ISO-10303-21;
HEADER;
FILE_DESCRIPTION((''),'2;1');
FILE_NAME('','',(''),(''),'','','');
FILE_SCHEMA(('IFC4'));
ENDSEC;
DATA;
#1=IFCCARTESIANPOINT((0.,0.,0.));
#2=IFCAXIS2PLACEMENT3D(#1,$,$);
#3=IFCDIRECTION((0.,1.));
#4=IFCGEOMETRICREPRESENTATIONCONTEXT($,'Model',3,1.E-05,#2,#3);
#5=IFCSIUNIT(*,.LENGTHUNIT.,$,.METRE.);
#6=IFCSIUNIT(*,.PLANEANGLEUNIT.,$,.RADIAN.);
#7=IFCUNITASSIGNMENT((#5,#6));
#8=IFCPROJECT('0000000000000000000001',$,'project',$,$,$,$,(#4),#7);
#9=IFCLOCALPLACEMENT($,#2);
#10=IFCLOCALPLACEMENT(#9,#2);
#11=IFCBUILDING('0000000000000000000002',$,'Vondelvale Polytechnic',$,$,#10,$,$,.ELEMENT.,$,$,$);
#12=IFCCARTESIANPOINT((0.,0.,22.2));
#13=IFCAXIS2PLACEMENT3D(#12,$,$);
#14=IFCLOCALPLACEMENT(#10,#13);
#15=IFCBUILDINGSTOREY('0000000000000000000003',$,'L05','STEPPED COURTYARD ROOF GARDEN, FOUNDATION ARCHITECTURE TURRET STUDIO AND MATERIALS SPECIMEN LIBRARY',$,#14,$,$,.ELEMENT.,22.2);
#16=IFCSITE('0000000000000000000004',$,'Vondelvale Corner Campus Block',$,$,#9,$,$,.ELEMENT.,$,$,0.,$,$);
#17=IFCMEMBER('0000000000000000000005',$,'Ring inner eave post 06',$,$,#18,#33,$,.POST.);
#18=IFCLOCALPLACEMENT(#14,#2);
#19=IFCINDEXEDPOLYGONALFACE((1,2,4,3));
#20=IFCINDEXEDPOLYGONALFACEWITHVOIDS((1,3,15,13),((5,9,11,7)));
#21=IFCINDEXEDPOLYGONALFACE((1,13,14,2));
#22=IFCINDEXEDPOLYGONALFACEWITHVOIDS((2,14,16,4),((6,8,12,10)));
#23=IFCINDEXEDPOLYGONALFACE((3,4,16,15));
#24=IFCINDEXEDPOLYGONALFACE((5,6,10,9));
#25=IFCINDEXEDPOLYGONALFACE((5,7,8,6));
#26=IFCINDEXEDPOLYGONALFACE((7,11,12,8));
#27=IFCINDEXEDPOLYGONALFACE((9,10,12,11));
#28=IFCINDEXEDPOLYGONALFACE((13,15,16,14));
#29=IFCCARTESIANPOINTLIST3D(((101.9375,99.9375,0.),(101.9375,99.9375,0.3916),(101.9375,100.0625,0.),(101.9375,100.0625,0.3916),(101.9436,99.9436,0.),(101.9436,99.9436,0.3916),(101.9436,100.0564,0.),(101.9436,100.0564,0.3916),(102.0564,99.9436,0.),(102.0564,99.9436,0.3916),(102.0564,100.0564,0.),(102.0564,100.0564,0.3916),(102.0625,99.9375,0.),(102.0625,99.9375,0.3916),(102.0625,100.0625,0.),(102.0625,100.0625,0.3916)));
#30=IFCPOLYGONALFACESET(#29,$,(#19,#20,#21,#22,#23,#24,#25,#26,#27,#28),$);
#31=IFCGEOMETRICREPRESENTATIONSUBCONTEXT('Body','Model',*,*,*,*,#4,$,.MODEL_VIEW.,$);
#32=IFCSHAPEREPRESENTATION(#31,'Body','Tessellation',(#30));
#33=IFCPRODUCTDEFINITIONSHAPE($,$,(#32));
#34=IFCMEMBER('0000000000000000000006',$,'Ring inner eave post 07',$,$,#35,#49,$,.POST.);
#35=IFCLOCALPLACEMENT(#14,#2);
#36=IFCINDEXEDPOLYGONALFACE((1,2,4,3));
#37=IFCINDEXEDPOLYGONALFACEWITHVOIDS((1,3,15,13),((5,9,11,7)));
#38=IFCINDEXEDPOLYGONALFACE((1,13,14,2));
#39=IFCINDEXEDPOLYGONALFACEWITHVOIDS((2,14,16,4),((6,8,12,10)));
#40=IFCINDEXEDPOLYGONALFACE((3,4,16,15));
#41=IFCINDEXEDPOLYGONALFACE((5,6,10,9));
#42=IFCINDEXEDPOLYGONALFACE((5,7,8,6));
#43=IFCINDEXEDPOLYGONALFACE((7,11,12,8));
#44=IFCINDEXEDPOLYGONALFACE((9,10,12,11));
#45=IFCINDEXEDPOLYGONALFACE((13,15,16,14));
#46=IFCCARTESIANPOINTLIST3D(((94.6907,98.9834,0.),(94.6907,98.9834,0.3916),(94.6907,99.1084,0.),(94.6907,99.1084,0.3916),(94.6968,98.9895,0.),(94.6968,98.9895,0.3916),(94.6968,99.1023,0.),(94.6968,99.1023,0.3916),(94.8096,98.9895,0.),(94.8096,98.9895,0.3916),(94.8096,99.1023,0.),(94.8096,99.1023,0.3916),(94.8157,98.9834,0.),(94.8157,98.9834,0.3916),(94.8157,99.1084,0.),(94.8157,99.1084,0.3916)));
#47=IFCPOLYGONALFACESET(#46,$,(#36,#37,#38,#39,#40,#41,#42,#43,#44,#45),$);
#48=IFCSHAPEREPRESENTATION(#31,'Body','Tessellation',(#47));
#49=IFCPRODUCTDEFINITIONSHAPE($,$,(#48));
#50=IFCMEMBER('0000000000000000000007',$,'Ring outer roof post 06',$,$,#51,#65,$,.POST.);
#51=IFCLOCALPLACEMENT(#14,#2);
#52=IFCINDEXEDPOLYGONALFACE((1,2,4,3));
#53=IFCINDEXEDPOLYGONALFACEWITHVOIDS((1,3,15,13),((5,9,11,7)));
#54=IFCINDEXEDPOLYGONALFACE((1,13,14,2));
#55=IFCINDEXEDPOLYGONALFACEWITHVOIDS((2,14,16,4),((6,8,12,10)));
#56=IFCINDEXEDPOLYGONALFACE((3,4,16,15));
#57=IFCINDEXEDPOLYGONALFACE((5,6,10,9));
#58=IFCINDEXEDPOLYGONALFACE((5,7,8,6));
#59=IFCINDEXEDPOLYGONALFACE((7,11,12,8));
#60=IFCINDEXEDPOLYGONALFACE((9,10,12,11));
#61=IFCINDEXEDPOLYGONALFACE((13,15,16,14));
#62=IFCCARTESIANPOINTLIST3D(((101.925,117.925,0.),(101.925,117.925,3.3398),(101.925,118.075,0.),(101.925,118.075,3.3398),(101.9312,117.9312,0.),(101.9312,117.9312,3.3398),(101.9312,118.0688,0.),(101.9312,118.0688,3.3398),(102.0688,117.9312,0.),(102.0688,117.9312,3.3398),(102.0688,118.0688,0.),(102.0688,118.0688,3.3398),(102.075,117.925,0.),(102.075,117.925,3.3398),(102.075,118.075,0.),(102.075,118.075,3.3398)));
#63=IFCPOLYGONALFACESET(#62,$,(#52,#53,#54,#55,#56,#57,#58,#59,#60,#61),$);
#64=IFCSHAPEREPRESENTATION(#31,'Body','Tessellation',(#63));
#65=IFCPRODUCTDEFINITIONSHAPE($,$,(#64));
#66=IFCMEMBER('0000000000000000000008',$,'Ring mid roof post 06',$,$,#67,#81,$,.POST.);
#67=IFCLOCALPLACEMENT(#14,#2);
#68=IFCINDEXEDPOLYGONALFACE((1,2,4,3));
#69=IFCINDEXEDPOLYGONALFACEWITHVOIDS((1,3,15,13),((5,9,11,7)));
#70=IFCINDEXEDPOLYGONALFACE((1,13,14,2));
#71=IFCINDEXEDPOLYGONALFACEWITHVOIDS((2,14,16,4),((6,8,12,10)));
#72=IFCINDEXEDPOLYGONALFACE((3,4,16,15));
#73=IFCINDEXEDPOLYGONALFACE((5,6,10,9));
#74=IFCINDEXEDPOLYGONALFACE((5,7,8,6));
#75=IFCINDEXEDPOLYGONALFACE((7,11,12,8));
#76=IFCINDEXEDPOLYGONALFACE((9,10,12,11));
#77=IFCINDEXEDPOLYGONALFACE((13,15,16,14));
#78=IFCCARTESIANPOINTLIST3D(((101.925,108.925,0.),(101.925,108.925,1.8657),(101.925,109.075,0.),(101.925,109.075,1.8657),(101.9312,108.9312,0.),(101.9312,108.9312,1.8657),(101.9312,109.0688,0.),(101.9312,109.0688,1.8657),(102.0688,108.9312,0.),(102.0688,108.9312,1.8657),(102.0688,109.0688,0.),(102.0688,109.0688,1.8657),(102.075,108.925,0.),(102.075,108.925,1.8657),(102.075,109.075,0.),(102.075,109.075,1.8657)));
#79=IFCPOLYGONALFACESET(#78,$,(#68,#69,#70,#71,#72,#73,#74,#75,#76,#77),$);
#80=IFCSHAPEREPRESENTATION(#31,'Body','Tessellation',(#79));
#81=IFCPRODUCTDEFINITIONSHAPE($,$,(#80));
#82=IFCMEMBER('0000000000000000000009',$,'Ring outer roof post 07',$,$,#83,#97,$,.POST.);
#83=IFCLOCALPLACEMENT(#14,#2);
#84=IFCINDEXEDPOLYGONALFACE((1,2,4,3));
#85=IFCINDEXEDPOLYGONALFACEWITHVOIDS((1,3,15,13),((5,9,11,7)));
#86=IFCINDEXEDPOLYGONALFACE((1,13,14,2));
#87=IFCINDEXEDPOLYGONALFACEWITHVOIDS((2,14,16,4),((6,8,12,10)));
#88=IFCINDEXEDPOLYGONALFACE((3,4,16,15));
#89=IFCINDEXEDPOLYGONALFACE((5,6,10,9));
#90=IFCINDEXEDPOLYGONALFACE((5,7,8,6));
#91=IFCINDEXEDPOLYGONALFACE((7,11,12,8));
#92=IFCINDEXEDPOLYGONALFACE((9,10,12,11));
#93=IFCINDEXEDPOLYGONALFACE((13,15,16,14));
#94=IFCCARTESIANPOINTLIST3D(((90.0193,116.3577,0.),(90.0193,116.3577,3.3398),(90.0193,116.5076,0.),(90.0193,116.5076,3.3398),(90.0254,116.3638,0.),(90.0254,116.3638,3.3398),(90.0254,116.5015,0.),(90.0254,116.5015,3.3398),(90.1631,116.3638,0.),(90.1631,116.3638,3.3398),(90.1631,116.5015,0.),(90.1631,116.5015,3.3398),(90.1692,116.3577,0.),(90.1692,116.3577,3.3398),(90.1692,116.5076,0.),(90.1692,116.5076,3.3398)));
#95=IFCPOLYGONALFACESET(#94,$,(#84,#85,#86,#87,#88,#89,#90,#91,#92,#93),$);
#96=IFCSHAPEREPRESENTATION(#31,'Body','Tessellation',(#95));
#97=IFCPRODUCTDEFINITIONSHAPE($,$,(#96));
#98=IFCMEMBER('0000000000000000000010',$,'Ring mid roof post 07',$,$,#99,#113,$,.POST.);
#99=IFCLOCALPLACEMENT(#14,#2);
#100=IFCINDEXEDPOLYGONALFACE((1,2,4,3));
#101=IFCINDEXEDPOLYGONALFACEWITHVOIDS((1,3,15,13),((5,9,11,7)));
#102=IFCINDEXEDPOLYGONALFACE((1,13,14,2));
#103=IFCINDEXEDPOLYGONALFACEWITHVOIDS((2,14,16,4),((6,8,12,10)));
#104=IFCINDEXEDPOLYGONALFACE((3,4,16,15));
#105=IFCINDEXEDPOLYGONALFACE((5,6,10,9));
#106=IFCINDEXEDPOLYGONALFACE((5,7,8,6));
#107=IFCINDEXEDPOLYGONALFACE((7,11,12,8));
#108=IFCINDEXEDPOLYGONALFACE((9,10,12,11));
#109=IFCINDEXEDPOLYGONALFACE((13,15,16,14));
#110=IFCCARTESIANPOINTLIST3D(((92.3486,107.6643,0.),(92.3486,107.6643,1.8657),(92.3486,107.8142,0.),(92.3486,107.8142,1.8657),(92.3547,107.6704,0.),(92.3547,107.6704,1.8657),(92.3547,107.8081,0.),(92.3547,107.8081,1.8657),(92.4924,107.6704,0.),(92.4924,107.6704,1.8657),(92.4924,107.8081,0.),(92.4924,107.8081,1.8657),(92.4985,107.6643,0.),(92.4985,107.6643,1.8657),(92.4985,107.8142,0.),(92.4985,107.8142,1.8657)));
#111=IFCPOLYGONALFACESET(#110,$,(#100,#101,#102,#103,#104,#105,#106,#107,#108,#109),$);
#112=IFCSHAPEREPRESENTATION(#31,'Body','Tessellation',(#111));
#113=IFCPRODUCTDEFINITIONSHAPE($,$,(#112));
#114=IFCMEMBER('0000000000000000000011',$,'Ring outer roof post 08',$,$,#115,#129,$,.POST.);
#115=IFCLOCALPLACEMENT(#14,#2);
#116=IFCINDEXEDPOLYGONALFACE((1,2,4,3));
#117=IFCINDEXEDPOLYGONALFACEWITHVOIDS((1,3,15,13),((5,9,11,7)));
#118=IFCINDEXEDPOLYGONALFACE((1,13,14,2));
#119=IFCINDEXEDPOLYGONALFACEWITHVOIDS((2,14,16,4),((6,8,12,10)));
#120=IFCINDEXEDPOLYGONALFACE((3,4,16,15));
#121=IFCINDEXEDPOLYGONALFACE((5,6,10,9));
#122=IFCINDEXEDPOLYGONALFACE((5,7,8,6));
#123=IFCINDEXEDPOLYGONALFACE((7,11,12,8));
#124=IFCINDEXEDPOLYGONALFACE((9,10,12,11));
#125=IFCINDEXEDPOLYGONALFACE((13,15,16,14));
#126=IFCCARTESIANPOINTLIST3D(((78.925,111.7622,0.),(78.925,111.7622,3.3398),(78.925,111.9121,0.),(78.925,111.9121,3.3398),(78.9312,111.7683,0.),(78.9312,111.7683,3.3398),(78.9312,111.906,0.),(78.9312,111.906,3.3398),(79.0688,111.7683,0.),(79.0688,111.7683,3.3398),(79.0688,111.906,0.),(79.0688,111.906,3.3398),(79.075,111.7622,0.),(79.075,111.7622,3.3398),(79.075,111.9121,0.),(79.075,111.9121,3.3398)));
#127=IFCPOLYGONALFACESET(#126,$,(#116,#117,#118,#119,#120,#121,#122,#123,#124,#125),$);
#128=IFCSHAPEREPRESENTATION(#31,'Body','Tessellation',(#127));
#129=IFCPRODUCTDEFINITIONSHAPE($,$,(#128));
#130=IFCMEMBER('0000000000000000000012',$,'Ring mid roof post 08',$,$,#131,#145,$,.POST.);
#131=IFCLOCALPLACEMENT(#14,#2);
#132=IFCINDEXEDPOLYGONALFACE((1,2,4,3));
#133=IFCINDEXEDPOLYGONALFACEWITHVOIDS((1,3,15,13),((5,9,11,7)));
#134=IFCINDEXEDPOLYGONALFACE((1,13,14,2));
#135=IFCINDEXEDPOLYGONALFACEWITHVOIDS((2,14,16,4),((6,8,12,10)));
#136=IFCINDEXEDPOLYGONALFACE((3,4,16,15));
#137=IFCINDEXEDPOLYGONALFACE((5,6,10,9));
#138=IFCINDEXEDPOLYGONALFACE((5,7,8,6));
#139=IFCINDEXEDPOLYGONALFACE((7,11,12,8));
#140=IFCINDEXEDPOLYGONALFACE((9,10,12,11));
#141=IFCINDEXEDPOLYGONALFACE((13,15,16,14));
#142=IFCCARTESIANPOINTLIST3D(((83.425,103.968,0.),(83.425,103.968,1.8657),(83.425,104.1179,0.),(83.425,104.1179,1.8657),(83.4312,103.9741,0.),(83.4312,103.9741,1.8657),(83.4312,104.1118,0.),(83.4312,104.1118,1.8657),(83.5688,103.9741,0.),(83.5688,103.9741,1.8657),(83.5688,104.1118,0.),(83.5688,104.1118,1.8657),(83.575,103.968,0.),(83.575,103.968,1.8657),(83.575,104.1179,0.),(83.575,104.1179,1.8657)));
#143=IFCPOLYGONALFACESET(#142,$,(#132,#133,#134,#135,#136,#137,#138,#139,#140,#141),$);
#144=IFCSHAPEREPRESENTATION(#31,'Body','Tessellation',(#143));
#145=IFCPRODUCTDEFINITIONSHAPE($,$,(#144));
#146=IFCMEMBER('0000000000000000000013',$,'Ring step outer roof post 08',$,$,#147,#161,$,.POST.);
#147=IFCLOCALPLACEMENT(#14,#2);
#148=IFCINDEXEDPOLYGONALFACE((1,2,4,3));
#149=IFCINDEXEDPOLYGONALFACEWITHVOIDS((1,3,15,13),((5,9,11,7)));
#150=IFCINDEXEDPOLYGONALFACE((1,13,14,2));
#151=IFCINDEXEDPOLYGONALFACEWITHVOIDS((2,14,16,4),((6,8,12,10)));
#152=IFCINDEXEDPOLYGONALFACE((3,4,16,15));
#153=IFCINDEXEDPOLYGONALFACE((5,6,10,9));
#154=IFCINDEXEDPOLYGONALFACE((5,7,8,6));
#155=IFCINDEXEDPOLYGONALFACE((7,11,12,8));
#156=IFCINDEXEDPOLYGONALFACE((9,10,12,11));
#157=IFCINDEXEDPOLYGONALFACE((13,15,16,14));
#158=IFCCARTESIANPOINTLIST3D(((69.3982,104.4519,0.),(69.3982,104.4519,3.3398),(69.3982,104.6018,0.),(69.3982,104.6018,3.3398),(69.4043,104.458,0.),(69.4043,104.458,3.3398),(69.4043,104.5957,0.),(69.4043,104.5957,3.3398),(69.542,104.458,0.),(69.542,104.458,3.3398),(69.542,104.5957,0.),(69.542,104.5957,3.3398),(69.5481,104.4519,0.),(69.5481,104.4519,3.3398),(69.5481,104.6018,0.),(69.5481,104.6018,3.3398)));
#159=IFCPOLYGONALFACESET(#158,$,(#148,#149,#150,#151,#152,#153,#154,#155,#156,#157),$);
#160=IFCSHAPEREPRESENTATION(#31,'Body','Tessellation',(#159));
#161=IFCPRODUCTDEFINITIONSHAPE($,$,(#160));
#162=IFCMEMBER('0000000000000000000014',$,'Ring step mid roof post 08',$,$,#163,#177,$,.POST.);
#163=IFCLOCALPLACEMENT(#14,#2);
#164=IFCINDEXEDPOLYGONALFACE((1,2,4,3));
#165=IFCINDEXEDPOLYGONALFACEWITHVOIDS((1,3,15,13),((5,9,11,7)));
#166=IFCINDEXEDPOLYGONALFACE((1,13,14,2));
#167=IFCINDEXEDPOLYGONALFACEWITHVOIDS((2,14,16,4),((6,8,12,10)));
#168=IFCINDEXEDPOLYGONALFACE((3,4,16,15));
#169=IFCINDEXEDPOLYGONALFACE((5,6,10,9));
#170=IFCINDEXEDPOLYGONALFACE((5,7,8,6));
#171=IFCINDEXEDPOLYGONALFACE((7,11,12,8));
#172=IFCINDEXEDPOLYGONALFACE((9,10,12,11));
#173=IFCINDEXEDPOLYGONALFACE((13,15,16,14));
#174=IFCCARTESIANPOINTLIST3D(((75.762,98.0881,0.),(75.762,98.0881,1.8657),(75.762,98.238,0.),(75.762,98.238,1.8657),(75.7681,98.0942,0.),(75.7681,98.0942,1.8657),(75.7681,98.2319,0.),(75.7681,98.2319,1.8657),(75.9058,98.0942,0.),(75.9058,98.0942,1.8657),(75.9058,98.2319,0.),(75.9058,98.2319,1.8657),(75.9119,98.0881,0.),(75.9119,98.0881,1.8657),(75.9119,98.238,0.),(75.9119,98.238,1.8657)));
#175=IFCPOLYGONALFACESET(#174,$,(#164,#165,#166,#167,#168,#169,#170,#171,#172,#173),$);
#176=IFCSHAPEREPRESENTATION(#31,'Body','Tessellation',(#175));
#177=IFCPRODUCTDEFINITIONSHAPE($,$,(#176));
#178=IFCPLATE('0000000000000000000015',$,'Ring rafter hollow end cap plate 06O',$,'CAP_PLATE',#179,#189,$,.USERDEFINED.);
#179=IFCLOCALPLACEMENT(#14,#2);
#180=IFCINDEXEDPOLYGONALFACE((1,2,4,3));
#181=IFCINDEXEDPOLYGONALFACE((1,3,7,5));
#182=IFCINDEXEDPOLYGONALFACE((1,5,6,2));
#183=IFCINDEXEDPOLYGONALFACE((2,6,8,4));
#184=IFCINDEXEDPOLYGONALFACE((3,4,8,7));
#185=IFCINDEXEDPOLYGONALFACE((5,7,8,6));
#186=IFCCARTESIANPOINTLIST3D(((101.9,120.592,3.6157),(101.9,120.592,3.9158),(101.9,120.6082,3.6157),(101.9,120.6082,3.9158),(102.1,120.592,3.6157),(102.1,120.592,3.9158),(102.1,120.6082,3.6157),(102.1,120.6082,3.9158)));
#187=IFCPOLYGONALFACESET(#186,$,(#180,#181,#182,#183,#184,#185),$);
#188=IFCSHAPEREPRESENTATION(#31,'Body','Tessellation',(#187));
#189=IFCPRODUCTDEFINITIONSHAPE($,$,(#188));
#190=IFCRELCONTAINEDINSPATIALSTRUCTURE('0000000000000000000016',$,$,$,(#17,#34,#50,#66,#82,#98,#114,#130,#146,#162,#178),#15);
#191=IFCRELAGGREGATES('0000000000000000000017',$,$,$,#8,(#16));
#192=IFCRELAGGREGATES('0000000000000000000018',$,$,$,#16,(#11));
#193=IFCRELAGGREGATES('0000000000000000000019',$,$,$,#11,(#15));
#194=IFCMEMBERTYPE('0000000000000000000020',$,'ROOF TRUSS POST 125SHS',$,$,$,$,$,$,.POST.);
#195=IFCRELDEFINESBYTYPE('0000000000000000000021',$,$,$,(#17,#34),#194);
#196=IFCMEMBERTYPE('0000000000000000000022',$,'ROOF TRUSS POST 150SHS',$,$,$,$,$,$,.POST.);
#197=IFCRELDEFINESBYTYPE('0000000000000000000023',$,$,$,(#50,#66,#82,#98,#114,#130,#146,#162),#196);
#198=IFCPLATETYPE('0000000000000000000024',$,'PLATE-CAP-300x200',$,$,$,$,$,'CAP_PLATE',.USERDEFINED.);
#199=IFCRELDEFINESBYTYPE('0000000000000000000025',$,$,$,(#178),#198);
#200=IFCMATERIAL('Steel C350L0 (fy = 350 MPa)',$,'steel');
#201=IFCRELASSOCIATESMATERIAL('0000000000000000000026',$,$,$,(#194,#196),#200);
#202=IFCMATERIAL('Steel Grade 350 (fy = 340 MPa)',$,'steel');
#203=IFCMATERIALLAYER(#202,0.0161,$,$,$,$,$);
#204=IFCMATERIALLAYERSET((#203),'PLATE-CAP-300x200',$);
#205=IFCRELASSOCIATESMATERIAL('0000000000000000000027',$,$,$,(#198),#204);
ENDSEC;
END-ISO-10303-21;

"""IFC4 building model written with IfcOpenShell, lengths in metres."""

from ifc_helpers import new_model, si_unit, direction, frame, origin, origin_2d, place, context, subcontext, project, spatial, rectangle, hollow_rectangle, extrude, material, layer, layer_set, material_profile, profile_set, type_object, element, save


model = new_model("IFC4")

# Units and contexts
model_context = context("Model", 3, precision=1e-05, world=origin(), true_north=direction((0.0, 1.0)))
body_context = subcontext(model_context, "Body", "Model", "MODEL_VIEW")
ifc_project = project(units=[si_unit("LENGTHUNIT", "METRE"), si_unit("PLANEANGLEUNIT", "RADIAN")], contexts=[model_context])

# Site, building, storey
site_placement = place(None, origin())
site = spatial("IfcSite", under=ifc_project, at=site_placement, Name="Vondelvale Corner Campus Block", CompositionType="ELEMENT", RefElevation=0.0)
building_placement = place(site_placement, origin())
building = spatial("IfcBuilding", under=site, at=building_placement, Name="Vondelvale Polytechnic", CompositionType="ELEMENT")
storey_placement = place(building_placement, frame((0.0, 0.0, 22.2)))
storey = spatial("IfcBuildingStorey", under=building, at=storey_placement, Name="L05", Description="STEPPED COURTYARD ROOF GARDEN, FOUNDATION ARCHITECTURE TURRET STUDIO AND MATERIALS SPECIMEN LIBRARY", CompositionType="ELEMENT", Elevation=22.2)

# Members
ifc_material_1 = material(Name="Steel C350L0 (fy = 350 MPa)", Category="steel")
ifc_material_profile_1 = material_profile(ifc_material_1, hollow_rectangle(XDim=0.125, YDim=0.125, WallThickness=0.0061, at=origin_2d()), Name="125x125x6.0SHS")
ifc_profile_set_1 = profile_set([ifc_material_profile_1], Name="Steel C350L0 (fy = 350 MPa)")
member_type_1 = type_object("IfcMemberType", Name="ROOF TRUSS POST 125SHS", PredefinedType="POST", material=ifc_profile_set_1)
for number, where, z_axis, x_axis, name in (
    (1, (102.0, 100.0, 0.0), (0.0, 0.0, 1.0), (1.0, 0.0, 0.0), "Ring inner eave post 06"),
    (2, (94.7532, 99.0459, 0.0), (0.0, 0.0, 1.0), (1.0, 0.0, 0.0), "Ring inner eave post 07"),
):
    element("IfcMember", number, at=place(storey_placement, frame(where, z_axis=z_axis, x_axis=x_axis)), inside=storey, type_object=member_type_1, Name=name, PredefinedType="POST", context=body_context, shape_type="SweptSolid", body=[
        extrude(hollow_rectangle(XDim=0.125, YDim=0.125, WallThickness=0.0061, at=origin_2d()), origin(), (0.0, 0.0, 1.0), 0.3916),
    ])
ifc_material_profile_2 = material_profile(ifc_material_1, hollow_rectangle(XDim=0.1499, YDim=0.1499, WallThickness=0.0061, at=origin_2d()), Name="150x150x6.0SHS")
ifc_profile_set_2 = profile_set([ifc_material_profile_2], Name="Steel C350L0 (fy = 350 MPa)")
member_type_2 = type_object("IfcMemberType", Name="ROOF TRUSS POST 150SHS", PredefinedType="POST", material=ifc_profile_set_2)
member_1_placement = place(storey_placement, frame((102.0, 118.0, 0.0), z_axis=(0.0, 0.0, 1.0), x_axis=(1.0, 0.0, 0.0)))
element("IfcMember", 3, at=member_1_placement, inside=storey, type_object=member_type_2, Name="Ring outer roof post 06", PredefinedType="POST", context=body_context, shape_type="SweptSolid", body=[
    extrude(hollow_rectangle(XDim=0.1499, YDim=0.1499, WallThickness=0.0061, at=origin_2d()), origin(), (0.0, 0.0, 1.0), 3.3398),
])
member_2_placement = place(storey_placement, frame((102.0, 109.0, 0.0), z_axis=(0.0, 0.0, 1.0), x_axis=(1.0, 0.0, 0.0)))
element("IfcMember", 4, at=member_2_placement, inside=storey, type_object=member_type_2, Name="Ring mid roof post 06", PredefinedType="POST", context=body_context, shape_type="SweptSolid", body=[
    extrude(hollow_rectangle(XDim=0.1499, YDim=0.1499, WallThickness=0.0061, at=origin_2d()), origin(), (0.0, 0.0, 1.0), 1.8657),
])
member_3_placement = place(storey_placement, frame((90.0942, 116.4326, 0.0), z_axis=(0.0, 0.0, 1.0), x_axis=(1.0, 0.0, 0.0)))
element("IfcMember", 5, at=member_3_placement, inside=storey, type_object=member_type_2, Name="Ring outer roof post 07", PredefinedType="POST", context=body_context, shape_type="SweptSolid", body=[
    extrude(hollow_rectangle(XDim=0.1499, YDim=0.1499, WallThickness=0.0061, at=origin_2d()), origin(), (0.0, 0.0, 1.0), 3.3398),
])
member_4_placement = place(storey_placement, frame((92.4236, 107.7393, 0.0), z_axis=(0.0, 0.0, 1.0), x_axis=(1.0, 0.0, 0.0)))
element("IfcMember", 6, at=member_4_placement, inside=storey, type_object=member_type_2, Name="Ring mid roof post 07", PredefinedType="POST", context=body_context, shape_type="SweptSolid", body=[
    extrude(hollow_rectangle(XDim=0.1499, YDim=0.1499, WallThickness=0.0061, at=origin_2d()), origin(), (0.0, 0.0, 1.0), 1.8657),
])
member_5_placement = place(storey_placement, frame((79.0, 111.8372, 0.0), z_axis=(0.0, 0.0, 1.0), x_axis=(1.0, 0.0, 0.0)))
element("IfcMember", 7, at=member_5_placement, inside=storey, type_object=member_type_2, Name="Ring outer roof post 08", PredefinedType="POST", context=body_context, shape_type="SweptSolid", body=[
    extrude(hollow_rectangle(XDim=0.1499, YDim=0.1499, WallThickness=0.0061, at=origin_2d()), origin(), (0.0, 0.0, 1.0), 3.3398),
])
member_6_placement = place(storey_placement, frame((83.5, 104.043, 0.0), z_axis=(0.0, 0.0, 1.0), x_axis=(1.0, 0.0, 0.0)))
element("IfcMember", 8, at=member_6_placement, inside=storey, type_object=member_type_2, Name="Ring mid roof post 08", PredefinedType="POST", context=body_context, shape_type="SweptSolid", body=[
    extrude(hollow_rectangle(XDim=0.1499, YDim=0.1499, WallThickness=0.0061, at=origin_2d()), origin(), (0.0, 0.0, 1.0), 1.8657),
])
member_7_placement = place(storey_placement, frame((69.4731, 104.5269, 0.0), z_axis=(0.0, 0.0, 1.0), x_axis=(1.0, 0.0, 0.0)))
element("IfcMember", 9, at=member_7_placement, inside=storey, type_object=member_type_2, Name="Ring step outer roof post 08", PredefinedType="POST", context=body_context, shape_type="SweptSolid", body=[
    extrude(hollow_rectangle(XDim=0.1499, YDim=0.1499, WallThickness=0.0061, at=origin_2d()), origin(), (0.0, 0.0, 1.0), 3.3398),
])
member_8_placement = place(storey_placement, frame((75.8369, 98.1631, 0.0), z_axis=(0.0, 0.0, 1.0), x_axis=(1.0, 0.0, 0.0)))
element("IfcMember", 10, at=member_8_placement, inside=storey, type_object=member_type_2, Name="Ring step mid roof post 08", PredefinedType="POST", context=body_context, shape_type="SweptSolid", body=[
    extrude(hollow_rectangle(XDim=0.1499, YDim=0.1499, WallThickness=0.0061, at=origin_2d()), origin(), (0.0, 0.0, 1.0), 1.8657),
])

# Plate
ifc_material_2 = material(Name="Steel Grade 350 (fy = 340 MPa)", Category="steel")
ifc_layer_1 = layer(ifc_material_2, 0.0161)
ifc_layer_set_1 = layer_set([ifc_layer_1], Name="PLATE-CAP-300x200")
plate_type_1 = type_object("IfcPlateType", Name="PLATE-CAP-300x200", ElementType="CAP_PLATE", PredefinedType="USERDEFINED", material=ifc_layer_set_1)
for number, where, z_axis, x_axis, name in (
    (11, (102.0, 120.6001, 3.6157), (0.0, 0.0, 1.0), (0.0, -1.0, 0.0), "Ring rafter hollow end cap plate 06O"),
):
    element("IfcPlate", number, at=place(storey_placement, frame(where, z_axis=z_axis, x_axis=x_axis)), inside=storey, type_object=plate_type_1, Name=name, ObjectType="CAP_PLATE", PredefinedType="USERDEFINED", context=body_context, shape_type="SweptSolid", body=[
        extrude(rectangle(XDim=0.0161, YDim=0.2, at=origin_2d()), origin(), (0.0, 0.0, 1.0), 0.3),
    ])

save(model, "model.ifc")
